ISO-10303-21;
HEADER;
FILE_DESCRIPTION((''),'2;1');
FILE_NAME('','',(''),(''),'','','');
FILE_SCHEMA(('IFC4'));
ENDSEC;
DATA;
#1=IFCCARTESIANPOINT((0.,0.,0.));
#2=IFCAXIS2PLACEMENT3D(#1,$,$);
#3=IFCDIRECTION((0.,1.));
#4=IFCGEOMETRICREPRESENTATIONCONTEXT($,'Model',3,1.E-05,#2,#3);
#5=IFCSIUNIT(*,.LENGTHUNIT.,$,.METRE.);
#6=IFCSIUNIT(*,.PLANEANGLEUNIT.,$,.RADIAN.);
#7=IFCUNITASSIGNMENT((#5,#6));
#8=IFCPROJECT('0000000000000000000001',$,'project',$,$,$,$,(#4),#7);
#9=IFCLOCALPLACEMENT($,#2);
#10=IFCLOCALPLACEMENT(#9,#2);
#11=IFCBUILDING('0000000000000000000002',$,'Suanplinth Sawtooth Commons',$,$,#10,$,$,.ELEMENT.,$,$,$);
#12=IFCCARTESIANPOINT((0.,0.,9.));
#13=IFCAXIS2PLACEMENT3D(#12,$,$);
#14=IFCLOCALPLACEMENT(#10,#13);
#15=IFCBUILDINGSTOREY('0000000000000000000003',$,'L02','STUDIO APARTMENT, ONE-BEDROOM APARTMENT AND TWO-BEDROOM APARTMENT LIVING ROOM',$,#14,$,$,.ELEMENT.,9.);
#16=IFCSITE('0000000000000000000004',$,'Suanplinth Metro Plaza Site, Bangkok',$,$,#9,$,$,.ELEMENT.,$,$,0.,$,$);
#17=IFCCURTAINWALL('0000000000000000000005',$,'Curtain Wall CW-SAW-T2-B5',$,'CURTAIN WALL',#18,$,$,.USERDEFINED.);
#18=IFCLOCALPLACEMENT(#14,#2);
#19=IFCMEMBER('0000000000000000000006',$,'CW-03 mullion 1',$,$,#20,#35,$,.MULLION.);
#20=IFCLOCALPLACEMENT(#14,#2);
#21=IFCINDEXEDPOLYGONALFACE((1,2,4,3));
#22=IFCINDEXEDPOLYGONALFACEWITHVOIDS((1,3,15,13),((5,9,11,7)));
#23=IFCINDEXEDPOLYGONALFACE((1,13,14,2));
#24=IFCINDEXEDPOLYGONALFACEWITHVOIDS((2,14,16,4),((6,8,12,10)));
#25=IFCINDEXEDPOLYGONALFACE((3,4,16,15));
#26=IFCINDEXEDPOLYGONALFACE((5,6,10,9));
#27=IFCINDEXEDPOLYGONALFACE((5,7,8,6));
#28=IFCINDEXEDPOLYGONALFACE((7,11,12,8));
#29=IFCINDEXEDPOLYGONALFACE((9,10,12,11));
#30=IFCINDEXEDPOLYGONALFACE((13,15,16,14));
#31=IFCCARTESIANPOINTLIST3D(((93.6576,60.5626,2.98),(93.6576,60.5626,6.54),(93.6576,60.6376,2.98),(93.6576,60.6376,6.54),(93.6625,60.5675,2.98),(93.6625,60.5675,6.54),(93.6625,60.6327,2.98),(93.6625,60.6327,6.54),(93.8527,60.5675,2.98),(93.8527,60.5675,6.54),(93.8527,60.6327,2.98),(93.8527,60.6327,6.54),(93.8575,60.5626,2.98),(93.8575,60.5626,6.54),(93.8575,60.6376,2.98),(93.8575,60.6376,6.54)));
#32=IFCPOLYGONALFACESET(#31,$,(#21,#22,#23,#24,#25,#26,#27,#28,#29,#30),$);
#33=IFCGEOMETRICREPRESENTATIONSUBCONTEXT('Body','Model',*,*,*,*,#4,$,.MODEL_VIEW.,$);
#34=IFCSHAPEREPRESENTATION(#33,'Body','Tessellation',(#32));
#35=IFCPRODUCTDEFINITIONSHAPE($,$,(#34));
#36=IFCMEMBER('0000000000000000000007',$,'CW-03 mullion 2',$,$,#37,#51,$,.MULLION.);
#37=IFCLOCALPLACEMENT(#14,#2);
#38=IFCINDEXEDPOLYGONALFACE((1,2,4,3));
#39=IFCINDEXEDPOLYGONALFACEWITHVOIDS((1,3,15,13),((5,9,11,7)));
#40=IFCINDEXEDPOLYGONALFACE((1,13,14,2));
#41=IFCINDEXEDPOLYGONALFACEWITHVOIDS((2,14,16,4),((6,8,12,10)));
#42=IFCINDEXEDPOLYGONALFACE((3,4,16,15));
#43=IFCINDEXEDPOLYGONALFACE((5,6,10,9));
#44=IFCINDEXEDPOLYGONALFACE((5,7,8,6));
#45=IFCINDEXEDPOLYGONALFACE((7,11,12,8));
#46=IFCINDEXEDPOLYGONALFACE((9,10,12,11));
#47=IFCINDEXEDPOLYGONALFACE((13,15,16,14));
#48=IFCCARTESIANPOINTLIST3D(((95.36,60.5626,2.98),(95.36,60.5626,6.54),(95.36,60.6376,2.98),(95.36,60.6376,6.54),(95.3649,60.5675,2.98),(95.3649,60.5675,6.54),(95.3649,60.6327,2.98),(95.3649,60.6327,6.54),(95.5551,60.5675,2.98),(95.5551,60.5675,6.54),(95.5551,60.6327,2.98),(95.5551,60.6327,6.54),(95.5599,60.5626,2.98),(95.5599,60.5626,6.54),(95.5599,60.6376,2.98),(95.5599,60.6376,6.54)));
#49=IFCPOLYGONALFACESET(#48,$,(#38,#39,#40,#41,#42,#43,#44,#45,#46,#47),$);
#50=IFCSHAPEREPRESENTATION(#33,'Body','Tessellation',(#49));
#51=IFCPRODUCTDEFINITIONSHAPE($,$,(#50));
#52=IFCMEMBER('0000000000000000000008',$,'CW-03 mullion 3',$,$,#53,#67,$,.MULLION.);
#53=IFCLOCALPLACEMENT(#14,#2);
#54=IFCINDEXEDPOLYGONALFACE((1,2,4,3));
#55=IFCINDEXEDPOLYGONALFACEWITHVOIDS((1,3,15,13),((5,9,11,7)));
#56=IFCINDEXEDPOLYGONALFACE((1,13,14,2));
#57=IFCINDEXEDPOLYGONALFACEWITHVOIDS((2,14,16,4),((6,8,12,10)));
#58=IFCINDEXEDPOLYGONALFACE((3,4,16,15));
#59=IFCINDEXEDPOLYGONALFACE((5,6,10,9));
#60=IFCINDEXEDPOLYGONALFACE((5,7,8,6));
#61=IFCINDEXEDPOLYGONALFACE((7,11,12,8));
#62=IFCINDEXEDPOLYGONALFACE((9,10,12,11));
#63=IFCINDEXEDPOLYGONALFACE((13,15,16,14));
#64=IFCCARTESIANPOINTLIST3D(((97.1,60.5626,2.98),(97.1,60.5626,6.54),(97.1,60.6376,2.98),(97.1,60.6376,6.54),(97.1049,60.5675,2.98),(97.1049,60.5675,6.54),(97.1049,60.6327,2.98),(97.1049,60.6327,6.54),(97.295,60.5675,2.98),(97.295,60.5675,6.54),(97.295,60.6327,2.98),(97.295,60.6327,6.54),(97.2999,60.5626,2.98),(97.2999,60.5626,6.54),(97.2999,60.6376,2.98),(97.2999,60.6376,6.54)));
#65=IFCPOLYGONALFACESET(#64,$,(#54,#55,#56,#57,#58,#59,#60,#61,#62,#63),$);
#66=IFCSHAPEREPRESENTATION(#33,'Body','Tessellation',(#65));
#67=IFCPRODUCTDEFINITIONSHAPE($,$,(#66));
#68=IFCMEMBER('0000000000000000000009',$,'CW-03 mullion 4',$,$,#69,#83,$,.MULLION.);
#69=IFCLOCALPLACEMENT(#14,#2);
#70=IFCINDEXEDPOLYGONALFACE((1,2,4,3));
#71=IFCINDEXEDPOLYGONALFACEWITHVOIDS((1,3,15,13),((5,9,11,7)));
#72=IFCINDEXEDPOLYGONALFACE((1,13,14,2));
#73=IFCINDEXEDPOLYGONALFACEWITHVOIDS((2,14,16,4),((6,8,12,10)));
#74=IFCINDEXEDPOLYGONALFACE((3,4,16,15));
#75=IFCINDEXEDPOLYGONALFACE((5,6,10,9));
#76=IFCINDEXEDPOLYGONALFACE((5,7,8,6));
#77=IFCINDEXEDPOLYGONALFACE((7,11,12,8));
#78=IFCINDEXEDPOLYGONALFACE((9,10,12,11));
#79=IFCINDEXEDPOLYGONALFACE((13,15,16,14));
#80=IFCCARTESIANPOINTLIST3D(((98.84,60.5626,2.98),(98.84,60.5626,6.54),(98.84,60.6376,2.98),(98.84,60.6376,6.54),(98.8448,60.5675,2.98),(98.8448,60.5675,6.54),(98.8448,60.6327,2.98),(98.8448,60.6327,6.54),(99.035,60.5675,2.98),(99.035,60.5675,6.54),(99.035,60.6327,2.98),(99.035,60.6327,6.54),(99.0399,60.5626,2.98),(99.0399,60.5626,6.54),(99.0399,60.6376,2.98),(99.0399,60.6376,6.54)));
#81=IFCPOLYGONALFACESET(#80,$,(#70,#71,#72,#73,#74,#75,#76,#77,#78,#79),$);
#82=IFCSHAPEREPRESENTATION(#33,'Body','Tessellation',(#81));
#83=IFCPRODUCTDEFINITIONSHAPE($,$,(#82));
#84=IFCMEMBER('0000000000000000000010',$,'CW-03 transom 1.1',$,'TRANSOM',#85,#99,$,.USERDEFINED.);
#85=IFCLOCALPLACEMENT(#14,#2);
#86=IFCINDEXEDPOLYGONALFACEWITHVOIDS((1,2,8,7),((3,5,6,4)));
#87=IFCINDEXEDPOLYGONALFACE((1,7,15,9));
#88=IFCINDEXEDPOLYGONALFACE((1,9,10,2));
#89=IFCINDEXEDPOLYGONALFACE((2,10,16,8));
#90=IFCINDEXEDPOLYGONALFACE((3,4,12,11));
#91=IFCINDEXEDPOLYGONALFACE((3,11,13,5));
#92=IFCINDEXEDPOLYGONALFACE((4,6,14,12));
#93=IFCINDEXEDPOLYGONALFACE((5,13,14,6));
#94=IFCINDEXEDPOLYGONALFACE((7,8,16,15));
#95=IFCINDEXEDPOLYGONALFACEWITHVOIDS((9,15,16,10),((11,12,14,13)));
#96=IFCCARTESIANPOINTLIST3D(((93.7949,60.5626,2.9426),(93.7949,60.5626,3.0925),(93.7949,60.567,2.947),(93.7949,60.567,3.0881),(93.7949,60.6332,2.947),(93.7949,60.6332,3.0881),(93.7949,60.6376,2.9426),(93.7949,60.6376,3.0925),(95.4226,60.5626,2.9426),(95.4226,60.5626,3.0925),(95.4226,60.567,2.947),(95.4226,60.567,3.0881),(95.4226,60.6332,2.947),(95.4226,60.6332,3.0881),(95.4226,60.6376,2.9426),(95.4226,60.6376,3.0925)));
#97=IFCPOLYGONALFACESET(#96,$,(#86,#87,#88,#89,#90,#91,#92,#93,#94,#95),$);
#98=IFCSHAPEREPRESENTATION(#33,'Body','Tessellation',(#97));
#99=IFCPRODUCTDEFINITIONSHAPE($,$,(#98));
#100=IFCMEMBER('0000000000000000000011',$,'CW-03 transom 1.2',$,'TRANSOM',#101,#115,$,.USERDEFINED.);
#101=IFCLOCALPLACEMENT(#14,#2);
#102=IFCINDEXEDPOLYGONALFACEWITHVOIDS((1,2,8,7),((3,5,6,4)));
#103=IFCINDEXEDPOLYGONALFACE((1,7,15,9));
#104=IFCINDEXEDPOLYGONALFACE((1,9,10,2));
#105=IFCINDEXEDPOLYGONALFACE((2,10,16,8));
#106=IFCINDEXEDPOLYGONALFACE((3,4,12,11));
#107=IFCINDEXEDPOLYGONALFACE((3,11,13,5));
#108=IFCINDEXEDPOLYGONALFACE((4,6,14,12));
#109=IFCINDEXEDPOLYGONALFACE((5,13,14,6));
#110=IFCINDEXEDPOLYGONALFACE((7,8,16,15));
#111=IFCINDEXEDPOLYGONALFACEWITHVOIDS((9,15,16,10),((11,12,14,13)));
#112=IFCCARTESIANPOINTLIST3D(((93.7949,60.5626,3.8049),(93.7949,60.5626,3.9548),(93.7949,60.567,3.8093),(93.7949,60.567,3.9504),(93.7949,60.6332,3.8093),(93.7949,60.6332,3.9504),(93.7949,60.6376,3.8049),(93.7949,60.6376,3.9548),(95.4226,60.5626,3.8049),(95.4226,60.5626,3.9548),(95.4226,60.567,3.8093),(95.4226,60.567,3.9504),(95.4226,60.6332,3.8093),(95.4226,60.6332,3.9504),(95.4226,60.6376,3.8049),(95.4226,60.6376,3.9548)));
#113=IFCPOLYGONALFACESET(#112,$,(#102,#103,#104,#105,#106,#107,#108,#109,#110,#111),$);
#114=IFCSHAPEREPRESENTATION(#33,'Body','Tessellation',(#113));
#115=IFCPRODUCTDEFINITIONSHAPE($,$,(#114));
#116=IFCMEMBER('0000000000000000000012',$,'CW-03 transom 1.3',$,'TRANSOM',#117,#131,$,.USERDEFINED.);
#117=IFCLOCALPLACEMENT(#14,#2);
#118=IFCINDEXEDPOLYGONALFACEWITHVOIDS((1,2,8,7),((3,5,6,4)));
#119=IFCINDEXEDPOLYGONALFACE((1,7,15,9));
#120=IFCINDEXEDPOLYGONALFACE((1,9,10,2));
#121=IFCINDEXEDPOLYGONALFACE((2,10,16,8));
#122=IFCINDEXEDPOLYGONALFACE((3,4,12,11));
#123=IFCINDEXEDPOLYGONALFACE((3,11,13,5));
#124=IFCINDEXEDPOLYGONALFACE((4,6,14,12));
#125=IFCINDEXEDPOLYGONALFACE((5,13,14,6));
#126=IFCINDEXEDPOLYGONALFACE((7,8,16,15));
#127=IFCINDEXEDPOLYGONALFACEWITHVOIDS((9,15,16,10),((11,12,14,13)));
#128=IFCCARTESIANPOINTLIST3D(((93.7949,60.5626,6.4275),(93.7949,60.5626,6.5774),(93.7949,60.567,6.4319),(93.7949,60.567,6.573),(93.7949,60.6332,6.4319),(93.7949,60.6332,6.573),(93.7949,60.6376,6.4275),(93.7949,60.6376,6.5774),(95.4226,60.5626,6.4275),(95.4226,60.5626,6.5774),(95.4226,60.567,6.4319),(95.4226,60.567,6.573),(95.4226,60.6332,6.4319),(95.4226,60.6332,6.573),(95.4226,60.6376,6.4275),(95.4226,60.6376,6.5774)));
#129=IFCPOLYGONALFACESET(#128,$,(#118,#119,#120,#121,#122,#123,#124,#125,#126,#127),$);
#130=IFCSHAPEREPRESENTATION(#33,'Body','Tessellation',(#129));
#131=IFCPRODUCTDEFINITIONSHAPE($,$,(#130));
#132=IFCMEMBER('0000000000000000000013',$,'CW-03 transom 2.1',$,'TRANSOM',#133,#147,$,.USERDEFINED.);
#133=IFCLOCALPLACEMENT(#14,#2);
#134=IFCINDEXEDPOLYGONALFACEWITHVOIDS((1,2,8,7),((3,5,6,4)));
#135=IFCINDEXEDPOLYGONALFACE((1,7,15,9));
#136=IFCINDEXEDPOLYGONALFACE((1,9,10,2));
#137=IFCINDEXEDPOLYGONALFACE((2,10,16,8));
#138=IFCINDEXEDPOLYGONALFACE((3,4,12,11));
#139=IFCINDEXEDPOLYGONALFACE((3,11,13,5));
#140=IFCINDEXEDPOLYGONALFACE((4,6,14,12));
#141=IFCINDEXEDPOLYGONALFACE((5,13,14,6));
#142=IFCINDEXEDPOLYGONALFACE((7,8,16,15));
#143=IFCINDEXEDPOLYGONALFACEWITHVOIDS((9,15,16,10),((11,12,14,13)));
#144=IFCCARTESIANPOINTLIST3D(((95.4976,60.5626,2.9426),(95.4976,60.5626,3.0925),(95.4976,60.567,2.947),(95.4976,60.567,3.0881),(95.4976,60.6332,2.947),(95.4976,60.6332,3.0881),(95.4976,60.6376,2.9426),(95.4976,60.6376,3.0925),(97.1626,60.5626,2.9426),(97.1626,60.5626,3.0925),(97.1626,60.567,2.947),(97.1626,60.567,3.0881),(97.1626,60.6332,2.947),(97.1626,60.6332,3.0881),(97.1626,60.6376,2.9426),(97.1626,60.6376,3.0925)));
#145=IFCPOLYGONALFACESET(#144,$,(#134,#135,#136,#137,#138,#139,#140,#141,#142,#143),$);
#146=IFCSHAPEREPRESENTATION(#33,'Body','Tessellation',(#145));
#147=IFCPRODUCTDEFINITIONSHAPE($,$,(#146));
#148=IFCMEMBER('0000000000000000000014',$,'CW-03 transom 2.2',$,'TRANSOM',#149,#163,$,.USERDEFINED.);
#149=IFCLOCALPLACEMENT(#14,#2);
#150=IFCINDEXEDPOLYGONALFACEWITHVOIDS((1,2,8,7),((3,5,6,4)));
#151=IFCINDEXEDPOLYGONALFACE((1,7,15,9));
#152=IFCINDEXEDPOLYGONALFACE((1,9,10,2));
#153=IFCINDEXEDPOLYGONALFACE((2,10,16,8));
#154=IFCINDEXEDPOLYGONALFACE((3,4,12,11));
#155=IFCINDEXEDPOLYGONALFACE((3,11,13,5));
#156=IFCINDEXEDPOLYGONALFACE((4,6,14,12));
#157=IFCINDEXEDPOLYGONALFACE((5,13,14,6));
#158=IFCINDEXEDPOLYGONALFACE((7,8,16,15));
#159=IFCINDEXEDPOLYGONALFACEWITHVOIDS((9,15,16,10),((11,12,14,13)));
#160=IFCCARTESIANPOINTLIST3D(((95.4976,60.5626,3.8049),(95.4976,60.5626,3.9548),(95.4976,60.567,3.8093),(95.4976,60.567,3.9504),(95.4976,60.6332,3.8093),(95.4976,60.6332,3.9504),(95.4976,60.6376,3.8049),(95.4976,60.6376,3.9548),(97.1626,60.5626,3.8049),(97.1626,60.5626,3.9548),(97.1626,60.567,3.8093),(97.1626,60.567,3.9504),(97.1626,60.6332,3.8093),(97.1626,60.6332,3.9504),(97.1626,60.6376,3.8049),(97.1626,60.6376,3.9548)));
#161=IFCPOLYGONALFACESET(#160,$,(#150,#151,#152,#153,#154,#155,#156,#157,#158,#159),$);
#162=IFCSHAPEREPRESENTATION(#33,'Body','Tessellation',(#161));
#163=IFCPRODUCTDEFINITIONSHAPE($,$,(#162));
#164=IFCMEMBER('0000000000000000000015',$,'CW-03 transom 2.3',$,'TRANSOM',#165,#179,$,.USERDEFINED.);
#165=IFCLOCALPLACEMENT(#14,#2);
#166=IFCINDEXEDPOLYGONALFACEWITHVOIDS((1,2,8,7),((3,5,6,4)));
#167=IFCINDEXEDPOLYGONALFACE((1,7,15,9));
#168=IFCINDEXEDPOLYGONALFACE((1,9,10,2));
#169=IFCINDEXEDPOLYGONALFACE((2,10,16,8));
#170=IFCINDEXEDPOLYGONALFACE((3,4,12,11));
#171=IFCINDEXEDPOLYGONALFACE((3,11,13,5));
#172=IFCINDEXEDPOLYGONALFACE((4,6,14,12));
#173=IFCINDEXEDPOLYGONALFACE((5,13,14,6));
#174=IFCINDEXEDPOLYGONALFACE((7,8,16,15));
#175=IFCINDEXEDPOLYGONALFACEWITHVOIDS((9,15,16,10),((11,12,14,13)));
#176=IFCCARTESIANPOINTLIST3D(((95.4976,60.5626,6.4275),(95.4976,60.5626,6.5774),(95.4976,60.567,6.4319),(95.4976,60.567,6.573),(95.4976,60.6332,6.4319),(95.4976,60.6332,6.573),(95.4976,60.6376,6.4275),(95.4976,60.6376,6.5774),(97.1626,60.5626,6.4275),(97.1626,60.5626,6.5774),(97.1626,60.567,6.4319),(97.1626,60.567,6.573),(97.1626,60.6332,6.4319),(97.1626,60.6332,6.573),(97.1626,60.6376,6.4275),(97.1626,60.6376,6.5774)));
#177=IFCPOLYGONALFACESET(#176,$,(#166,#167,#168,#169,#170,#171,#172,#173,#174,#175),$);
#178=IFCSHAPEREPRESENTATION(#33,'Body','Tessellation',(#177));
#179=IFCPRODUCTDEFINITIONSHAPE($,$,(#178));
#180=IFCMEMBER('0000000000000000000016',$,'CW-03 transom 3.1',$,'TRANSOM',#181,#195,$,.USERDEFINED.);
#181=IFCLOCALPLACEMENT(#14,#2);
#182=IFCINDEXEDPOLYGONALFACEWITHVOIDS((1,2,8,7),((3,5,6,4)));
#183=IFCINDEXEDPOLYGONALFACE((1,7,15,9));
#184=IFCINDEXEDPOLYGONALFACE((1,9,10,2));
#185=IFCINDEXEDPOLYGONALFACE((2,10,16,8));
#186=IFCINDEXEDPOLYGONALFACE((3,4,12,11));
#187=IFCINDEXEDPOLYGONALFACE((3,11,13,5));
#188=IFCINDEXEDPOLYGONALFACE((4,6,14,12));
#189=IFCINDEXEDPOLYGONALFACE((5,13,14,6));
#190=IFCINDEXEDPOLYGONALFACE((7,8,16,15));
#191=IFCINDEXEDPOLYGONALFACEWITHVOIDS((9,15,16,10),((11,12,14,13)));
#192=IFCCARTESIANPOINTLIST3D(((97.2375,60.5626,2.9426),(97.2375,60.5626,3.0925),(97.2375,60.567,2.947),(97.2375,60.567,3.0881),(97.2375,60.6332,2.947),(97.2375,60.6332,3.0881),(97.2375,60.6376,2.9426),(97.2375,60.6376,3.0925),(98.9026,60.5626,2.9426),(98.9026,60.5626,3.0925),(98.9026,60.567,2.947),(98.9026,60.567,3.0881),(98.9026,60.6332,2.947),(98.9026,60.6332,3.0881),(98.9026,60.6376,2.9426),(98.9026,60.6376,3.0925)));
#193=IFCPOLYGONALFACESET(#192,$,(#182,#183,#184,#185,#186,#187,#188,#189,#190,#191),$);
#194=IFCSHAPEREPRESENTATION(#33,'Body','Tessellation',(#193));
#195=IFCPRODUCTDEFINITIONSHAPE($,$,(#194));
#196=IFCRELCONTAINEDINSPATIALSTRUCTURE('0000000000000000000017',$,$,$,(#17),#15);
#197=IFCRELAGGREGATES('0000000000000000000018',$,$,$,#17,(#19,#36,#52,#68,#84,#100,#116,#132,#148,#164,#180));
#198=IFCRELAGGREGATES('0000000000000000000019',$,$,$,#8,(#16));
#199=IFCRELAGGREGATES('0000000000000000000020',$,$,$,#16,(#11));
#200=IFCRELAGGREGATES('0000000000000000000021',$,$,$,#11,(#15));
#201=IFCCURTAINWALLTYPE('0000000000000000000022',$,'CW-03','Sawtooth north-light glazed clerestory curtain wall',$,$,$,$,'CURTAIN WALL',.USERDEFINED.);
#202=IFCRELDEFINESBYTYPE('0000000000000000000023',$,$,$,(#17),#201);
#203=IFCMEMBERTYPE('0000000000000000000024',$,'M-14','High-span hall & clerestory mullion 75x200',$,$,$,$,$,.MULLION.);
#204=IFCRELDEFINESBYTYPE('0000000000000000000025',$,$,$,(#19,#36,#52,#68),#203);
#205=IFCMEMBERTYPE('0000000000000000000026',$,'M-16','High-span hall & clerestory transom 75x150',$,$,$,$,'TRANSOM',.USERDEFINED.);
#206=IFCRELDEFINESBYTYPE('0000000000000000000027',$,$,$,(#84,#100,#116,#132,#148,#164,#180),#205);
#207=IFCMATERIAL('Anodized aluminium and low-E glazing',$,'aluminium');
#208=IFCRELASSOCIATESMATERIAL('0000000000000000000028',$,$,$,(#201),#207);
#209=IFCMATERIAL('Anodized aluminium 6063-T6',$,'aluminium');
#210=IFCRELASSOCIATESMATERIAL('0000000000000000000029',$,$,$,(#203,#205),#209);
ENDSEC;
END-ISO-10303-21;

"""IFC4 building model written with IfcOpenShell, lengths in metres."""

from ifc_helpers import new_model, si_unit, direction, frame, origin, origin_2d, place, context, subcontext, project, spatial, hollow_rectangle, extrude, material, material_profile, profile_set, type_object, element, aggregate, save


model = new_model("IFC4")

# Units and contexts
model_context = context("Model", 3, precision=1e-05, world=origin(), true_north=direction((0.0, 1.0)))
body_context = subcontext(model_context, "Body", "Model", "MODEL_VIEW")
ifc_project = project(units=[si_unit("LENGTHUNIT", "METRE"), si_unit("PLANEANGLEUNIT", "RADIAN")], contexts=[model_context])

# Site, building, storey
site_placement = place(None, origin())
site = spatial("IfcSite", under=ifc_project, at=site_placement, Name="Suanplinth Metro Plaza Site, Bangkok", CompositionType="ELEMENT", RefElevation=0.0)
building_placement = place(site_placement, origin())
building = spatial("IfcBuilding", under=site, at=building_placement, Name="Suanplinth Sawtooth Commons", CompositionType="ELEMENT")
storey_placement = place(building_placement, frame((0.0, 0.0, 9.0)))
storey = spatial("IfcBuildingStorey", under=building, at=storey_placement, Name="L02", Description="STUDIO APARTMENT, ONE-BEDROOM APARTMENT AND TWO-BEDROOM APARTMENT LIVING ROOM", CompositionType="ELEMENT", Elevation=9.0)

# Shared definitions
ifc_material_1 = material(Name="Anodized aluminium and low-E glazing", Category="aluminium")
curtain_wall_type = type_object("IfcCurtainWallType", Name="CW-03", Description="Sawtooth north-light glazed clerestory curtain wall", ElementType="CURTAIN WALL", PredefinedType="USERDEFINED", material=ifc_material_1)
ifc_material_2 = material(Name="Anodized aluminium 6063-T6", Category="aluminium")
ifc_material_profile_1 = material_profile(ifc_material_2, hollow_rectangle(XDim=0.075, YDim=0.2, WallThickness=0.0049, at=origin_2d()), Name="ALU-MUL 75x200")
ifc_profile_set_1 = profile_set([ifc_material_profile_1], Name="Anodized aluminium 6063-T6")
member_type_1 = type_object("IfcMemberType", Name="M-14", Description="High-span hall & clerestory mullion 75x200", PredefinedType="MULLION", material=ifc_profile_set_1)

# Curtain wall, members
curtain_wall_1_placement = place(storey_placement, origin())
curtain_wall_1 = element("IfcCurtainWall", 1, at=curtain_wall_1_placement, inside=storey, type_object=curtain_wall_type, Name="Curtain Wall CW-SAW-T2-B5", ObjectType="CURTAIN WALL", PredefinedType="USERDEFINED")
member_1_placement = place(storey_placement, frame((93.7576, 60.6001, 2.98), z_axis=(0.0, 0.0, 1.0), x_axis=(0.0, 1.0, 0.0)))
member_1 = element("IfcMember", 2, at=member_1_placement, type_object=member_type_1, Name="CW-03 mullion 1", PredefinedType="MULLION", context=body_context, shape_type="SweptSolid", body=[
    extrude(hollow_rectangle(XDim=0.075, YDim=0.2, WallThickness=0.0049, at=origin_2d()), origin(), (0.0, 0.0, 1.0), 3.5601),
])
member_2_placement = place(storey_placement, frame((95.46, 60.6001, 2.98), z_axis=(0.0, 0.0, 1.0), x_axis=(0.0, 1.0, 0.0)))
member_2 = element("IfcMember", 3, at=member_2_placement, type_object=member_type_1, Name="CW-03 mullion 2", PredefinedType="MULLION", context=body_context, shape_type="SweptSolid", body=[
    extrude(hollow_rectangle(XDim=0.075, YDim=0.2, WallThickness=0.0049, at=origin_2d()), origin(), (0.0, 0.0, 1.0), 3.5601),
])
member_3_placement = place(storey_placement, frame((97.2, 60.6001, 2.98), z_axis=(0.0, 0.0, 1.0), x_axis=(0.0, 1.0, 0.0)))
member_3 = element("IfcMember", 4, at=member_3_placement, type_object=member_type_1, Name="CW-03 mullion 3", PredefinedType="MULLION", context=body_context, shape_type="SweptSolid", body=[
    extrude(hollow_rectangle(XDim=0.075, YDim=0.2, WallThickness=0.0049, at=origin_2d()), origin(), (0.0, 0.0, 1.0), 3.5601),
])
member_4_placement = place(storey_placement, frame((98.9399, 60.6001, 2.98), z_axis=(0.0, 0.0, 1.0), x_axis=(0.0, 1.0, 0.0)))
member_4 = element("IfcMember", 5, at=member_4_placement, type_object=member_type_1, Name="CW-03 mullion 4", PredefinedType="MULLION", context=body_context, shape_type="SweptSolid", body=[
    extrude(hollow_rectangle(XDim=0.075, YDim=0.2, WallThickness=0.0049, at=origin_2d()), origin(), (0.0, 0.0, 1.0), 3.5601),
])
ifc_material_profile_2 = material_profile(ifc_material_2, hollow_rectangle(XDim=0.075, YDim=0.1499, WallThickness=0.0044, at=origin_2d()), Name="ALU-TRN 75x150")
ifc_profile_set_2 = profile_set([ifc_material_profile_2], Name="Anodized aluminium 6063-T6")
member_type_2 = type_object("IfcMemberType", Name="M-16", Description="High-span hall & clerestory transom 75x150", ElementType="TRANSOM", PredefinedType="USERDEFINED", material=ifc_profile_set_2)
member_5_placement = place(storey_placement, frame((93.7949, 60.6001, 3.0176), z_axis=(1.0, 0.0, 0.0), x_axis=(0.0, 1.0, 0.0)))
member_5 = element("IfcMember", 6, at=member_5_placement, type_object=member_type_2, Name="CW-03 transom 1.1", ObjectType="TRANSOM", PredefinedType="USERDEFINED", context=body_context, shape_type="SweptSolid", body=[
    extrude(hollow_rectangle(XDim=0.075, YDim=0.1499, WallThickness=0.0044, at=origin_2d()), origin(), (0.0, 0.0, 1.0), 1.6277),
])
member_6_placement = place(storey_placement, frame((93.7949, 60.6001, 3.8799), z_axis=(1.0, 0.0, 0.0), x_axis=(0.0, 1.0, 0.0)))
member_6 = element("IfcMember", 7, at=member_6_placement, type_object=member_type_2, Name="CW-03 transom 1.2", ObjectType="TRANSOM", PredefinedType="USERDEFINED", context=body_context, shape_type="SweptSolid", body=[
    extrude(hollow_rectangle(XDim=0.075, YDim=0.1499, WallThickness=0.0044, at=origin_2d()), origin(), (0.0, 0.0, 1.0), 1.6277),
])
member_7_placement = place(storey_placement, frame((93.7949, 60.6001, 6.5024), z_axis=(1.0, 0.0, 0.0), x_axis=(0.0, 1.0, 0.0)))
member_7 = element("IfcMember", 8, at=member_7_placement, type_object=member_type_2, Name="CW-03 transom 1.3", ObjectType="TRANSOM", PredefinedType="USERDEFINED", context=body_context, shape_type="SweptSolid", body=[
    extrude(hollow_rectangle(XDim=0.075, YDim=0.1499, WallThickness=0.0044, at=origin_2d()), origin(), (0.0, 0.0, 1.0), 1.6277),
])
member_8_placement = place(storey_placement, frame((95.4976, 60.6001, 3.0176), z_axis=(1.0, 0.0, 0.0), x_axis=(0.0, 1.0, 0.0)))
member_8 = element("IfcMember", 9, at=member_8_placement, type_object=member_type_2, Name="CW-03 transom 2.1", ObjectType="TRANSOM", PredefinedType="USERDEFINED", context=body_context, shape_type="SweptSolid", body=[
    extrude(hollow_rectangle(XDim=0.075, YDim=0.1499, WallThickness=0.0044, at=origin_2d()), origin(), (0.0, 0.0, 1.0), 1.665),
])
member_9_placement = place(storey_placement, frame((95.4976, 60.6001, 3.8799), z_axis=(1.0, 0.0, 0.0), x_axis=(0.0, 1.0, 0.0)))
member_9 = element("IfcMember", 10, at=member_9_placement, type_object=member_type_2, Name="CW-03 transom 2.2", ObjectType="TRANSOM", PredefinedType="USERDEFINED", context=body_context, shape_type="SweptSolid", body=[
    extrude(hollow_rectangle(XDim=0.075, YDim=0.1499, WallThickness=0.0044, at=origin_2d()), origin(), (0.0, 0.0, 1.0), 1.665),
])
member_10_placement = place(storey_placement, frame((95.4976, 60.6001, 6.5024), z_axis=(1.0, 0.0, 0.0), x_axis=(0.0, 1.0, 0.0)))
member_10 = element("IfcMember", 11, at=member_10_placement, type_object=member_type_2, Name="CW-03 transom 2.3", ObjectType="TRANSOM", PredefinedType="USERDEFINED", context=body_context, shape_type="SweptSolid", body=[
    extrude(hollow_rectangle(XDim=0.075, YDim=0.1499, WallThickness=0.0044, at=origin_2d()), origin(), (0.0, 0.0, 1.0), 1.665),
])
member_11_placement = place(storey_placement, frame((97.2375, 60.6001, 3.0176), z_axis=(1.0, 0.0, 0.0), x_axis=(0.0, 1.0, 0.0)))
member_11 = element("IfcMember", 12, at=member_11_placement, type_object=member_type_2, Name="CW-03 transom 3.1", ObjectType="TRANSOM", PredefinedType="USERDEFINED", context=body_context, shape_type="SweptSolid", body=[
    extrude(hollow_rectangle(XDim=0.075, YDim=0.1499, WallThickness=0.0044, at=origin_2d()), origin(), (0.0, 0.0, 1.0), 1.665),
])

aggregate(curtain_wall_1, [member_1, member_2, member_3, member_4, member_5, member_6, member_7, member_8, member_9, member_10, member_11])

save(model, "model.ifc")
